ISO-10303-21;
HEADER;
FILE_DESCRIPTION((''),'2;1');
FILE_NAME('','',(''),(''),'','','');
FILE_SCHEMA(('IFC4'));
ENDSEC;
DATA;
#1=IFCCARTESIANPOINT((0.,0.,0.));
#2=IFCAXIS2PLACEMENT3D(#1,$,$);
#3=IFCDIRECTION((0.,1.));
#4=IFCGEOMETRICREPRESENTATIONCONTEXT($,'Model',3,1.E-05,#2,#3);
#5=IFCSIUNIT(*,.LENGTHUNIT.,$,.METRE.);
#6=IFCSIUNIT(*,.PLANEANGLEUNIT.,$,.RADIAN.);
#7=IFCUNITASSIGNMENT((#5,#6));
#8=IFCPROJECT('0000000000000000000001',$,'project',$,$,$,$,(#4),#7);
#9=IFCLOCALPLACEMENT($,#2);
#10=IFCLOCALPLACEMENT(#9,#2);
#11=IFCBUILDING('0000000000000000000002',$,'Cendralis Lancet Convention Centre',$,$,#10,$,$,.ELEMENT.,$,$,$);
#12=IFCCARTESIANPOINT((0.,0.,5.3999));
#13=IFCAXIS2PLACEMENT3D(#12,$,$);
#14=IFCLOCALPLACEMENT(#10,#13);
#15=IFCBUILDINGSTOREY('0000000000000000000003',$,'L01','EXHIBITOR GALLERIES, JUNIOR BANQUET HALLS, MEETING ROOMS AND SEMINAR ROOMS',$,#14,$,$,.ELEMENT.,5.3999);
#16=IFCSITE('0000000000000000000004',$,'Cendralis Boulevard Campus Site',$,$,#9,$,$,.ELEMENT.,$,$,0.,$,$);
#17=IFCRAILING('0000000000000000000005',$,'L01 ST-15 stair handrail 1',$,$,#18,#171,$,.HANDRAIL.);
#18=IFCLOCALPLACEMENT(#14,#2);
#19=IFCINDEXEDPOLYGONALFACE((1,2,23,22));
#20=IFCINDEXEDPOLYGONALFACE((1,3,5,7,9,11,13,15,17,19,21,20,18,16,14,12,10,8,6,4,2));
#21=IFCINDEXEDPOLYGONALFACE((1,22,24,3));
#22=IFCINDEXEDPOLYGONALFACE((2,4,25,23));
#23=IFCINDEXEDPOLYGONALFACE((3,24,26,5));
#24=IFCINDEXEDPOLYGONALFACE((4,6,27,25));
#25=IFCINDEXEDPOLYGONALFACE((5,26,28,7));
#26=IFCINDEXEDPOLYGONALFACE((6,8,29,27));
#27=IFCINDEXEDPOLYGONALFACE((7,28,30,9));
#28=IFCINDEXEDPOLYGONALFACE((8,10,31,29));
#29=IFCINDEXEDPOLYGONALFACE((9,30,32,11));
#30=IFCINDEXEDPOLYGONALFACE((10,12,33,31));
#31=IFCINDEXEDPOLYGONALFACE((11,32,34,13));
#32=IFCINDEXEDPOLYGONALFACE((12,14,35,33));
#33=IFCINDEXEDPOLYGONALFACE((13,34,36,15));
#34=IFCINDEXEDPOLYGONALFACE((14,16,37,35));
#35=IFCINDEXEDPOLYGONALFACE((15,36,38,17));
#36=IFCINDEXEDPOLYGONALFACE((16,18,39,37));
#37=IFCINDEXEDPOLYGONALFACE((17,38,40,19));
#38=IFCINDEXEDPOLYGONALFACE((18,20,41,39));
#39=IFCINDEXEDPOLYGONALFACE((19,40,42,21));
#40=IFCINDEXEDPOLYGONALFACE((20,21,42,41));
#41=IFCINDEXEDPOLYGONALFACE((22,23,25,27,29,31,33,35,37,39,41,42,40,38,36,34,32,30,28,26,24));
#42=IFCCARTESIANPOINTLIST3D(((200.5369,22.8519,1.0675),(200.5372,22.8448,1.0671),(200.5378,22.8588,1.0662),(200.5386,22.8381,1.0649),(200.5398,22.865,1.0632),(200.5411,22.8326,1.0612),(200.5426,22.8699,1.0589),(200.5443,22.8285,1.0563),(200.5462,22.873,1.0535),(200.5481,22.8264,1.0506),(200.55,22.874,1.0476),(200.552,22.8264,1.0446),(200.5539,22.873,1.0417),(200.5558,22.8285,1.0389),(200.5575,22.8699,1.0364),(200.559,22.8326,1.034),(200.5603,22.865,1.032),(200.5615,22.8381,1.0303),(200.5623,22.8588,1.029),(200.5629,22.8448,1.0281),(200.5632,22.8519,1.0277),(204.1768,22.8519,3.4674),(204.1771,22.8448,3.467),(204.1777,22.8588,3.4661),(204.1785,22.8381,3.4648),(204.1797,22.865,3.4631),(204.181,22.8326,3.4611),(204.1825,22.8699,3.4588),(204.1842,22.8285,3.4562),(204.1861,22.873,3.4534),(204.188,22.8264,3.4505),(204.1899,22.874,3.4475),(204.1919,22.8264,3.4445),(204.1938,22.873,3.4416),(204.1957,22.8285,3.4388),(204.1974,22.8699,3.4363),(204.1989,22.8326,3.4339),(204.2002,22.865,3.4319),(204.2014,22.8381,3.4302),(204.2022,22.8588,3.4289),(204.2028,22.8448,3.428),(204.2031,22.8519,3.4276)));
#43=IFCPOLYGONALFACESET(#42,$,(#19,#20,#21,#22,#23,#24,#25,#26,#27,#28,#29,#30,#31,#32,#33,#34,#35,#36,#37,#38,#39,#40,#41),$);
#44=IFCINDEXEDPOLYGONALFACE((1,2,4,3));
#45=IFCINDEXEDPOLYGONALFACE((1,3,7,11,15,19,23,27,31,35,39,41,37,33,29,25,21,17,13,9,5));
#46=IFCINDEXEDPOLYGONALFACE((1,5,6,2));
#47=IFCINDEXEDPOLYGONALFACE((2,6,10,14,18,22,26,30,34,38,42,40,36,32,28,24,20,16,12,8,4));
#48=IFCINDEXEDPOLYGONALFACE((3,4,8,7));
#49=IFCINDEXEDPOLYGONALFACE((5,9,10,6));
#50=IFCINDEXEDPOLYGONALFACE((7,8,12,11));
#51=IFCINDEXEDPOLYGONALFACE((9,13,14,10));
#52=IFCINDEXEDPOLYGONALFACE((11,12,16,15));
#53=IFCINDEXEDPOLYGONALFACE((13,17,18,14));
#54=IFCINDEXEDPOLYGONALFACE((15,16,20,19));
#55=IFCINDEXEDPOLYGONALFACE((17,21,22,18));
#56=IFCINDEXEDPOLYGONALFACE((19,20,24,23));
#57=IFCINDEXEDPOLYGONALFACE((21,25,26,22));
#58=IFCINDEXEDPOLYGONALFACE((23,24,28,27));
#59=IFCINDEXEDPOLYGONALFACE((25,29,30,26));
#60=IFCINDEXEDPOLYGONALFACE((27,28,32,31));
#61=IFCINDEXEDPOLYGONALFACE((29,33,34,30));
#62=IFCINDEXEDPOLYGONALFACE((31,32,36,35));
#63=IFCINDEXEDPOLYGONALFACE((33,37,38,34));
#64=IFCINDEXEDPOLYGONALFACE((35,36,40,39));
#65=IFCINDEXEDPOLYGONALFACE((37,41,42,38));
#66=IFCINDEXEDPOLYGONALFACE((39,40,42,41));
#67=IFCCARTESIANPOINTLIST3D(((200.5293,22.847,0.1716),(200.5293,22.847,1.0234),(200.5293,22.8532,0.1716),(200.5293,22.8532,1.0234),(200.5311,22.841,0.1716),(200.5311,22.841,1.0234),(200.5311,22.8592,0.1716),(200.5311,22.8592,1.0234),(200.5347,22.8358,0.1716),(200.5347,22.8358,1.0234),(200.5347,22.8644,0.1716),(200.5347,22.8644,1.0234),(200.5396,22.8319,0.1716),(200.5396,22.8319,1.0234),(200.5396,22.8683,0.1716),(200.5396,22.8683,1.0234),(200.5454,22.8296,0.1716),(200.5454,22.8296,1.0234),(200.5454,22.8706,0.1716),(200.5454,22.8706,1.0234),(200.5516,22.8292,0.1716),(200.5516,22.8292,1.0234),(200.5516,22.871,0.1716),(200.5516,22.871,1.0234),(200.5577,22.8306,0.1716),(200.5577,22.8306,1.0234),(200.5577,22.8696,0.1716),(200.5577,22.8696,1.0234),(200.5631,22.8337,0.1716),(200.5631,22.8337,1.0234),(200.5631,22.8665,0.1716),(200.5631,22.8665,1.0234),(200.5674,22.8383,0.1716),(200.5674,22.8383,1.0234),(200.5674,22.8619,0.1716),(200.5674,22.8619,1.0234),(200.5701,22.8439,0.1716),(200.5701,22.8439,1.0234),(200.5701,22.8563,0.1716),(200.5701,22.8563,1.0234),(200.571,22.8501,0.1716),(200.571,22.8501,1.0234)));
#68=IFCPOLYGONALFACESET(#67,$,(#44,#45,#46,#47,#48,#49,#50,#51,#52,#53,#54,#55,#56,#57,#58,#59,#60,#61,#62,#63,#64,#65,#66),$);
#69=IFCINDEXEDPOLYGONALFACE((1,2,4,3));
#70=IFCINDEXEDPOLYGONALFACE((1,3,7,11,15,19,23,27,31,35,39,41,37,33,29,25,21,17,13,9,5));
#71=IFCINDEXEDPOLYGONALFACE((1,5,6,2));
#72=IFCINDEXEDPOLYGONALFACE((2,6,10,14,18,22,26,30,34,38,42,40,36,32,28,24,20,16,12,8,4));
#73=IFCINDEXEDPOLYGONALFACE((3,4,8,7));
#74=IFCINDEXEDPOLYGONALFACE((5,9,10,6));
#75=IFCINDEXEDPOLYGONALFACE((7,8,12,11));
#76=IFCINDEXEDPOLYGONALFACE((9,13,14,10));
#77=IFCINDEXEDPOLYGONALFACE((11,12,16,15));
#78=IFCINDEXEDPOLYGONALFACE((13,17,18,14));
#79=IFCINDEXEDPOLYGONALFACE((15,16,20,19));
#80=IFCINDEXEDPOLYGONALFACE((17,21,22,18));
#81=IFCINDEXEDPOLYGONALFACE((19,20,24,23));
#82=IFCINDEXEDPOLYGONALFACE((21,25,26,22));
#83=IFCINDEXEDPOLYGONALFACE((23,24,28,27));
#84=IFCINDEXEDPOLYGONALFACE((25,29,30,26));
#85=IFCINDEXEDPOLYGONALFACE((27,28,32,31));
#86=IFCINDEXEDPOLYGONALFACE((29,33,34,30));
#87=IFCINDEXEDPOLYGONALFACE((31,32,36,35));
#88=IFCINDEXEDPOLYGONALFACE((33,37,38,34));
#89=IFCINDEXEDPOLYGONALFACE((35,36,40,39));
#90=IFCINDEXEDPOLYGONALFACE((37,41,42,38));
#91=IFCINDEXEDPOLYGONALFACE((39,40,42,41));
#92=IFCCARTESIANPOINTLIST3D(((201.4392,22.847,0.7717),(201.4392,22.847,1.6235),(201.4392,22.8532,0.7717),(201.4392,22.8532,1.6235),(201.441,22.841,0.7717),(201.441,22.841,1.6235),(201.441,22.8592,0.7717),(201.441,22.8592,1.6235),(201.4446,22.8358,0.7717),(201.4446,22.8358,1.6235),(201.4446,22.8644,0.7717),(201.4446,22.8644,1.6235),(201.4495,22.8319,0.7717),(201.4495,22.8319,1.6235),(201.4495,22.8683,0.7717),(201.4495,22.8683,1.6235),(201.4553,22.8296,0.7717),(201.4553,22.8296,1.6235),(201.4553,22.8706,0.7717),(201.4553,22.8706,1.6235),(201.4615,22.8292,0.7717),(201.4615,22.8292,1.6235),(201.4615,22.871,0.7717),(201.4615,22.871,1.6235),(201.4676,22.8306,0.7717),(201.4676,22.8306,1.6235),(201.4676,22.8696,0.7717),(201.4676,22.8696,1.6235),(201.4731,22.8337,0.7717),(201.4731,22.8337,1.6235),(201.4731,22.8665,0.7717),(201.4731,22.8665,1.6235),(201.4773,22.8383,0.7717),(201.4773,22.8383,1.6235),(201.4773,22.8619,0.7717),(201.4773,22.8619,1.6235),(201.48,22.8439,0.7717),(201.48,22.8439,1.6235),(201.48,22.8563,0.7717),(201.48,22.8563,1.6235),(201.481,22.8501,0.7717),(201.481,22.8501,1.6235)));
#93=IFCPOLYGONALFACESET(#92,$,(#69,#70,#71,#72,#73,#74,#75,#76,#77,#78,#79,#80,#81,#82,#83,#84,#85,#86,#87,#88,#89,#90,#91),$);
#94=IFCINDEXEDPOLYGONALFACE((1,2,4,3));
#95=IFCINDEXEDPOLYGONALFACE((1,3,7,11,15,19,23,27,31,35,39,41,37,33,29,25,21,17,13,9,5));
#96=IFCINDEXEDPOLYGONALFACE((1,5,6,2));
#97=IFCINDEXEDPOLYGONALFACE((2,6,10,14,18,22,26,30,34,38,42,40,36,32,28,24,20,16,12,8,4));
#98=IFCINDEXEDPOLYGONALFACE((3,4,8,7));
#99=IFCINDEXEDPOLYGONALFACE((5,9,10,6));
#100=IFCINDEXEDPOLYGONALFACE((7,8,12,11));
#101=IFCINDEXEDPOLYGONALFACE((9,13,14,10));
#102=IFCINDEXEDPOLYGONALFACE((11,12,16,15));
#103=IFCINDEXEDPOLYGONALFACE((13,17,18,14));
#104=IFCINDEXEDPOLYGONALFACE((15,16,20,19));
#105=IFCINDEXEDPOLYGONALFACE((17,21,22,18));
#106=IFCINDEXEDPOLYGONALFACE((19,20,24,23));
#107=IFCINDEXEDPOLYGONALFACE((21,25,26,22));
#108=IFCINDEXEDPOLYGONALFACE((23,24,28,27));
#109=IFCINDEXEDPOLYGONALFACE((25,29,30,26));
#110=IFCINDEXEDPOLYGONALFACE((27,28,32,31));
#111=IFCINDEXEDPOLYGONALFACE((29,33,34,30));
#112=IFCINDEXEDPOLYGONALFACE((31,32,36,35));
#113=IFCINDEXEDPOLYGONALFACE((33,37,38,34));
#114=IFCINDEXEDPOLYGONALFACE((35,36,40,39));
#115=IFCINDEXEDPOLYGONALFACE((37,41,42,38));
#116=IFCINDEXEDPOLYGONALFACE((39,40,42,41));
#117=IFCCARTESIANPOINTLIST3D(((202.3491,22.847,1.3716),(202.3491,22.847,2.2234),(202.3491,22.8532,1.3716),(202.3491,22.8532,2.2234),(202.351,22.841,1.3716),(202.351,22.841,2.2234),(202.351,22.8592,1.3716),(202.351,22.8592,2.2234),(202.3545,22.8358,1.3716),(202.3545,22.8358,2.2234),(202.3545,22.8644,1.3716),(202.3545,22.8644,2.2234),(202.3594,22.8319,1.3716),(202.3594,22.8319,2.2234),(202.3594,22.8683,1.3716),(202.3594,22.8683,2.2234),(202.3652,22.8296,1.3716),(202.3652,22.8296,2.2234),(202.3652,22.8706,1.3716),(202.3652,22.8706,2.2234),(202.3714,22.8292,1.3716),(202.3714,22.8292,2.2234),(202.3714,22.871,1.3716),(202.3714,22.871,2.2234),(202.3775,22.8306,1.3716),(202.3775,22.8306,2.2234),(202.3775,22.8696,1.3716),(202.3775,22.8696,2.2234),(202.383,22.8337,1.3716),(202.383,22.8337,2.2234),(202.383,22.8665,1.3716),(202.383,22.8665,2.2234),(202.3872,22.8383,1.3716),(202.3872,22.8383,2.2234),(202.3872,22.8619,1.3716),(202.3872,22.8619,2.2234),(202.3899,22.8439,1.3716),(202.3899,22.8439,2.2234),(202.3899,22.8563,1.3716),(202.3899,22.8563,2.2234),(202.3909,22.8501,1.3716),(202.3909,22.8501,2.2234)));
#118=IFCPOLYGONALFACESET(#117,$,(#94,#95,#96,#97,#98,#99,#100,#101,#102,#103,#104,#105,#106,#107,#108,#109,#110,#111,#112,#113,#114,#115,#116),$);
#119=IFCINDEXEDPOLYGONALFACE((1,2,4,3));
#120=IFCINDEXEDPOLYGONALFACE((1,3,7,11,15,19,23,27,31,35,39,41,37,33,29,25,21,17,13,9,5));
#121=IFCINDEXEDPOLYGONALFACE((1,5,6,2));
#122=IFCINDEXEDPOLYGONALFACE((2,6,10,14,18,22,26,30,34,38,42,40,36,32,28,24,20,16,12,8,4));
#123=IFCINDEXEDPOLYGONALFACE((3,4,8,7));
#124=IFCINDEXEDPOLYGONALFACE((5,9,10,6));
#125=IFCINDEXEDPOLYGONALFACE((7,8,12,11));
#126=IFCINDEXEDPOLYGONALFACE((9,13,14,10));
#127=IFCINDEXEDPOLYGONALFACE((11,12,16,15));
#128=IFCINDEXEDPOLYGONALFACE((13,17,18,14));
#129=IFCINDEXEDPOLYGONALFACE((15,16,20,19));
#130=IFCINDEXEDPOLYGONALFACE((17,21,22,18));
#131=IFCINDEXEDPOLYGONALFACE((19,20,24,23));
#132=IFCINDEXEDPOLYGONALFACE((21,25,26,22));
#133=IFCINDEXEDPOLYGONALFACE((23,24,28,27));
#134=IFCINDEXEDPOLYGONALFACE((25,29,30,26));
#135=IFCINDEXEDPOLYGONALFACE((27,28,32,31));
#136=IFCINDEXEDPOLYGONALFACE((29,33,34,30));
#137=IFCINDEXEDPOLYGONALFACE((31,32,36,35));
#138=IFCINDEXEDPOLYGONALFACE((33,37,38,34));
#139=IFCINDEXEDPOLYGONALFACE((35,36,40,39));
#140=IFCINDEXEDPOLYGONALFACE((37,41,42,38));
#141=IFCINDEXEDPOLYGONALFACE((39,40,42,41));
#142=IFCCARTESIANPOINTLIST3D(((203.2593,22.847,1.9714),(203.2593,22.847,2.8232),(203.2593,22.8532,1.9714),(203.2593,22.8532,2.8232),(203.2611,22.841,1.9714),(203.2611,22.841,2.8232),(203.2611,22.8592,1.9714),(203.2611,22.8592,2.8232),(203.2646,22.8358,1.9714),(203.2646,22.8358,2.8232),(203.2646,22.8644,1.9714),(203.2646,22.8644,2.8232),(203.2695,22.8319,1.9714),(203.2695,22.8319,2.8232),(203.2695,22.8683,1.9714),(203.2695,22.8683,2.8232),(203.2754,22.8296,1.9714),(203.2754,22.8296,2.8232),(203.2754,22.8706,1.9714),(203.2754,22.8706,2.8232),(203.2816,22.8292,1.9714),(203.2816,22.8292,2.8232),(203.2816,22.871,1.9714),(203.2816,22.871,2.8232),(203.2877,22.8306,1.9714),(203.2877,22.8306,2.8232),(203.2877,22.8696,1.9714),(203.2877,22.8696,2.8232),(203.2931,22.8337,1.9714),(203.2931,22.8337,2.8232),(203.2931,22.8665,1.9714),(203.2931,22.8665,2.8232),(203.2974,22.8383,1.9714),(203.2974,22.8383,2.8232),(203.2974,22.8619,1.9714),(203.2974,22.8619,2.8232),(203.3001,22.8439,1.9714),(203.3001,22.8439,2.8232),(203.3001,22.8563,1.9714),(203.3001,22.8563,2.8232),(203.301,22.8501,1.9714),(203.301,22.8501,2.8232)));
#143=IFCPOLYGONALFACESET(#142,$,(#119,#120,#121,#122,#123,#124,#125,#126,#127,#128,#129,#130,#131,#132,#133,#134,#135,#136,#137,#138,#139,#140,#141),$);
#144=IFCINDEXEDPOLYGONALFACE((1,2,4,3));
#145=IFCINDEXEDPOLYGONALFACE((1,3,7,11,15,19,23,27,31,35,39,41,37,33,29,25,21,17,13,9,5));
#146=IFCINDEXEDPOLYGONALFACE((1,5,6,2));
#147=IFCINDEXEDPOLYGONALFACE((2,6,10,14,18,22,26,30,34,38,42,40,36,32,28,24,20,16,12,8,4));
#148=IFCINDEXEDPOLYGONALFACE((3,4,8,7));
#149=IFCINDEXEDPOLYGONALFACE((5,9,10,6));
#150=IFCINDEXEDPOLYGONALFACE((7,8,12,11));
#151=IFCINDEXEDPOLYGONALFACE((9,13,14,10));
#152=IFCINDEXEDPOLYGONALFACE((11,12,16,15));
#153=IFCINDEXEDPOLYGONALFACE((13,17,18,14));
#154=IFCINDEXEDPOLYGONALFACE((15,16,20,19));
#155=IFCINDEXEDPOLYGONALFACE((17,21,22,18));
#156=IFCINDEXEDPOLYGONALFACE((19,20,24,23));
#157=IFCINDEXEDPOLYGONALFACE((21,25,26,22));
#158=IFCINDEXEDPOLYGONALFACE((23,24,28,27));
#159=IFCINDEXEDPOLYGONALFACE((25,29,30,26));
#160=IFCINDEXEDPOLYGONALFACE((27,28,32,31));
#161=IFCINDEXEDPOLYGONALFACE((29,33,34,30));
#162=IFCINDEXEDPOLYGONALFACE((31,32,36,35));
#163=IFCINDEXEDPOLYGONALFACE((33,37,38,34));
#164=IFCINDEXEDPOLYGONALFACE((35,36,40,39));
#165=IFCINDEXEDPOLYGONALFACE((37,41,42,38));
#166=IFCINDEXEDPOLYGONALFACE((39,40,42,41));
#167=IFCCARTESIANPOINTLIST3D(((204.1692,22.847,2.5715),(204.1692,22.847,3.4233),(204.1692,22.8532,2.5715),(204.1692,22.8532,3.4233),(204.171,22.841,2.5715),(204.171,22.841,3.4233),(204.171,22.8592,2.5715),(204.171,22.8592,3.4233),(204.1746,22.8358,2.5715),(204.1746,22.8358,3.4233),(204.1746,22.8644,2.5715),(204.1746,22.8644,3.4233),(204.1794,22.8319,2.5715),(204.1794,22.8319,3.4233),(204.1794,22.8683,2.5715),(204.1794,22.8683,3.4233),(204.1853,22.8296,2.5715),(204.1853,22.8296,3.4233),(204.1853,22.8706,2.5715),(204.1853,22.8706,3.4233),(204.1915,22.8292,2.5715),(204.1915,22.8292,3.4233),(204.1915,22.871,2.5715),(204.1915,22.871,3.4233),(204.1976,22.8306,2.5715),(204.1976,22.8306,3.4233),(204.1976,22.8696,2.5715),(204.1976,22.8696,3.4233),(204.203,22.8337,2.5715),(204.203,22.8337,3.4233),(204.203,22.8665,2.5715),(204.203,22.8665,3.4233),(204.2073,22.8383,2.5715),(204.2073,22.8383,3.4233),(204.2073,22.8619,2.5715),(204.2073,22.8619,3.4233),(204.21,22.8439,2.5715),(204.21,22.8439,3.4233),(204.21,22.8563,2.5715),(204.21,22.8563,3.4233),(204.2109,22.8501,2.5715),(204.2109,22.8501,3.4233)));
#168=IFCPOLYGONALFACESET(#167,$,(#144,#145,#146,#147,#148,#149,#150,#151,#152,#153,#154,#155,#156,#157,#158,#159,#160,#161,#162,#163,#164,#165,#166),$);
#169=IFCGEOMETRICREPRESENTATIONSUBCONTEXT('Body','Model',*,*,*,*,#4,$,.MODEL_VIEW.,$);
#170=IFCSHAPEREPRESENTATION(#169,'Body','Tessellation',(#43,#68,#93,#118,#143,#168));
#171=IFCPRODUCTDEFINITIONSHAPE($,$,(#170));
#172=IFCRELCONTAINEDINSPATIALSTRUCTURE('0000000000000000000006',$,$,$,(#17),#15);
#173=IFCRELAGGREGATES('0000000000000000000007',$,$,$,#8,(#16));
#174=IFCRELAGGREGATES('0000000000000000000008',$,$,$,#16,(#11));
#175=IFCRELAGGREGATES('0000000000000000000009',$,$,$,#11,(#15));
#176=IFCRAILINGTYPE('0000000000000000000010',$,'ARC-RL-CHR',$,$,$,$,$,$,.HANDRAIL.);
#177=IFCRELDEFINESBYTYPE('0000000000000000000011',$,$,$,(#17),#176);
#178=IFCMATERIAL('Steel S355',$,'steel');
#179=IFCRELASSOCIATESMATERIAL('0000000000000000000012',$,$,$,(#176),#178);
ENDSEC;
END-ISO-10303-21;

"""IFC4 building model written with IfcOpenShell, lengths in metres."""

from ifc_helpers import new_model, si_unit, direction, frame, origin, origin_2d, place, context, subcontext, project, spatial, circle, extrude, material, type_object, element, save


model = new_model("IFC4")

# Units and contexts
model_context = context("Model", 3, precision=1e-05, world=origin(), true_north=direction((0.0, 1.0)))
body_context = subcontext(model_context, "Body", "Model", "MODEL_VIEW")
ifc_project = project(units=[si_unit("LENGTHUNIT", "METRE"), si_unit("PLANEANGLEUNIT", "RADIAN")], contexts=[model_context])

# Site, building, storey
site_placement = place(None, origin())
site = spatial("IfcSite", under=ifc_project, at=site_placement, Name="Cendralis Boulevard Campus Site", CompositionType="ELEMENT", RefElevation=0.0)
building_placement = place(site_placement, origin())
building = spatial("IfcBuilding", under=site, at=building_placement, Name="Cendralis Lancet Convention Centre", CompositionType="ELEMENT")
storey_placement = place(building_placement, frame((0.0, 0.0, 5.3999)))
storey = spatial("IfcBuildingStorey", under=building, at=storey_placement, Name="L01", Description="EXHIBITOR GALLERIES, JUNIOR BANQUET HALLS, MEETING ROOMS AND SEMINAR ROOMS", CompositionType="ELEMENT", Elevation=5.3999)

# Shared definitions
ifc_material_1 = material(Name="Steel S355", Category="steel")

# Railing
railing_type_1 = type_object("IfcRailingType", Name="ARC-RL-CHR", PredefinedType="HANDRAIL", material=ifc_material_1)
railing_1_placement = place(storey_placement, frame((200.55, 22.8501, 0.1716)))
element("IfcRailing", 1, at=railing_1_placement, inside=storey, type_object=railing_type_1, Name="L01 ST-15 stair handrail 1", PredefinedType="HANDRAIL", context=body_context, shape_type="SweptSolid", body=[
    extrude(circle(Radius=0.0239, at=origin_2d()), frame((0.0, 0.0, 0.876), z_axis=(0.834865, 0.0, 0.550454), x_axis=(0.0, 1.0, 0.0)), (0.0, 0.0, 1.0), 4.3599),
    extrude(circle(Radius=0.021, at=origin_2d()), origin(), (0.0, 0.0, 1.0), 0.8518),
    extrude(circle(Radius=0.021, at=origin_2d()), frame((0.9099, 0.0, 0.6001)), (0.0, 0.0, 1.0), 0.8518),
    extrude(circle(Radius=0.021, at=origin_2d()), frame((1.8198, 0.0, 1.2)), (0.0, 0.0, 1.0), 0.8518),
    extrude(circle(Radius=0.021, at=origin_2d()), frame((2.73, 0.0, 1.7998)), (0.0, 0.0, 1.0), 0.8518),
    extrude(circle(Radius=0.021, at=origin_2d()), frame((3.6399, 0.0, 2.3999)), (0.0, 0.0, 1.0), 0.8518),
])

save(model, "model.ifc")
